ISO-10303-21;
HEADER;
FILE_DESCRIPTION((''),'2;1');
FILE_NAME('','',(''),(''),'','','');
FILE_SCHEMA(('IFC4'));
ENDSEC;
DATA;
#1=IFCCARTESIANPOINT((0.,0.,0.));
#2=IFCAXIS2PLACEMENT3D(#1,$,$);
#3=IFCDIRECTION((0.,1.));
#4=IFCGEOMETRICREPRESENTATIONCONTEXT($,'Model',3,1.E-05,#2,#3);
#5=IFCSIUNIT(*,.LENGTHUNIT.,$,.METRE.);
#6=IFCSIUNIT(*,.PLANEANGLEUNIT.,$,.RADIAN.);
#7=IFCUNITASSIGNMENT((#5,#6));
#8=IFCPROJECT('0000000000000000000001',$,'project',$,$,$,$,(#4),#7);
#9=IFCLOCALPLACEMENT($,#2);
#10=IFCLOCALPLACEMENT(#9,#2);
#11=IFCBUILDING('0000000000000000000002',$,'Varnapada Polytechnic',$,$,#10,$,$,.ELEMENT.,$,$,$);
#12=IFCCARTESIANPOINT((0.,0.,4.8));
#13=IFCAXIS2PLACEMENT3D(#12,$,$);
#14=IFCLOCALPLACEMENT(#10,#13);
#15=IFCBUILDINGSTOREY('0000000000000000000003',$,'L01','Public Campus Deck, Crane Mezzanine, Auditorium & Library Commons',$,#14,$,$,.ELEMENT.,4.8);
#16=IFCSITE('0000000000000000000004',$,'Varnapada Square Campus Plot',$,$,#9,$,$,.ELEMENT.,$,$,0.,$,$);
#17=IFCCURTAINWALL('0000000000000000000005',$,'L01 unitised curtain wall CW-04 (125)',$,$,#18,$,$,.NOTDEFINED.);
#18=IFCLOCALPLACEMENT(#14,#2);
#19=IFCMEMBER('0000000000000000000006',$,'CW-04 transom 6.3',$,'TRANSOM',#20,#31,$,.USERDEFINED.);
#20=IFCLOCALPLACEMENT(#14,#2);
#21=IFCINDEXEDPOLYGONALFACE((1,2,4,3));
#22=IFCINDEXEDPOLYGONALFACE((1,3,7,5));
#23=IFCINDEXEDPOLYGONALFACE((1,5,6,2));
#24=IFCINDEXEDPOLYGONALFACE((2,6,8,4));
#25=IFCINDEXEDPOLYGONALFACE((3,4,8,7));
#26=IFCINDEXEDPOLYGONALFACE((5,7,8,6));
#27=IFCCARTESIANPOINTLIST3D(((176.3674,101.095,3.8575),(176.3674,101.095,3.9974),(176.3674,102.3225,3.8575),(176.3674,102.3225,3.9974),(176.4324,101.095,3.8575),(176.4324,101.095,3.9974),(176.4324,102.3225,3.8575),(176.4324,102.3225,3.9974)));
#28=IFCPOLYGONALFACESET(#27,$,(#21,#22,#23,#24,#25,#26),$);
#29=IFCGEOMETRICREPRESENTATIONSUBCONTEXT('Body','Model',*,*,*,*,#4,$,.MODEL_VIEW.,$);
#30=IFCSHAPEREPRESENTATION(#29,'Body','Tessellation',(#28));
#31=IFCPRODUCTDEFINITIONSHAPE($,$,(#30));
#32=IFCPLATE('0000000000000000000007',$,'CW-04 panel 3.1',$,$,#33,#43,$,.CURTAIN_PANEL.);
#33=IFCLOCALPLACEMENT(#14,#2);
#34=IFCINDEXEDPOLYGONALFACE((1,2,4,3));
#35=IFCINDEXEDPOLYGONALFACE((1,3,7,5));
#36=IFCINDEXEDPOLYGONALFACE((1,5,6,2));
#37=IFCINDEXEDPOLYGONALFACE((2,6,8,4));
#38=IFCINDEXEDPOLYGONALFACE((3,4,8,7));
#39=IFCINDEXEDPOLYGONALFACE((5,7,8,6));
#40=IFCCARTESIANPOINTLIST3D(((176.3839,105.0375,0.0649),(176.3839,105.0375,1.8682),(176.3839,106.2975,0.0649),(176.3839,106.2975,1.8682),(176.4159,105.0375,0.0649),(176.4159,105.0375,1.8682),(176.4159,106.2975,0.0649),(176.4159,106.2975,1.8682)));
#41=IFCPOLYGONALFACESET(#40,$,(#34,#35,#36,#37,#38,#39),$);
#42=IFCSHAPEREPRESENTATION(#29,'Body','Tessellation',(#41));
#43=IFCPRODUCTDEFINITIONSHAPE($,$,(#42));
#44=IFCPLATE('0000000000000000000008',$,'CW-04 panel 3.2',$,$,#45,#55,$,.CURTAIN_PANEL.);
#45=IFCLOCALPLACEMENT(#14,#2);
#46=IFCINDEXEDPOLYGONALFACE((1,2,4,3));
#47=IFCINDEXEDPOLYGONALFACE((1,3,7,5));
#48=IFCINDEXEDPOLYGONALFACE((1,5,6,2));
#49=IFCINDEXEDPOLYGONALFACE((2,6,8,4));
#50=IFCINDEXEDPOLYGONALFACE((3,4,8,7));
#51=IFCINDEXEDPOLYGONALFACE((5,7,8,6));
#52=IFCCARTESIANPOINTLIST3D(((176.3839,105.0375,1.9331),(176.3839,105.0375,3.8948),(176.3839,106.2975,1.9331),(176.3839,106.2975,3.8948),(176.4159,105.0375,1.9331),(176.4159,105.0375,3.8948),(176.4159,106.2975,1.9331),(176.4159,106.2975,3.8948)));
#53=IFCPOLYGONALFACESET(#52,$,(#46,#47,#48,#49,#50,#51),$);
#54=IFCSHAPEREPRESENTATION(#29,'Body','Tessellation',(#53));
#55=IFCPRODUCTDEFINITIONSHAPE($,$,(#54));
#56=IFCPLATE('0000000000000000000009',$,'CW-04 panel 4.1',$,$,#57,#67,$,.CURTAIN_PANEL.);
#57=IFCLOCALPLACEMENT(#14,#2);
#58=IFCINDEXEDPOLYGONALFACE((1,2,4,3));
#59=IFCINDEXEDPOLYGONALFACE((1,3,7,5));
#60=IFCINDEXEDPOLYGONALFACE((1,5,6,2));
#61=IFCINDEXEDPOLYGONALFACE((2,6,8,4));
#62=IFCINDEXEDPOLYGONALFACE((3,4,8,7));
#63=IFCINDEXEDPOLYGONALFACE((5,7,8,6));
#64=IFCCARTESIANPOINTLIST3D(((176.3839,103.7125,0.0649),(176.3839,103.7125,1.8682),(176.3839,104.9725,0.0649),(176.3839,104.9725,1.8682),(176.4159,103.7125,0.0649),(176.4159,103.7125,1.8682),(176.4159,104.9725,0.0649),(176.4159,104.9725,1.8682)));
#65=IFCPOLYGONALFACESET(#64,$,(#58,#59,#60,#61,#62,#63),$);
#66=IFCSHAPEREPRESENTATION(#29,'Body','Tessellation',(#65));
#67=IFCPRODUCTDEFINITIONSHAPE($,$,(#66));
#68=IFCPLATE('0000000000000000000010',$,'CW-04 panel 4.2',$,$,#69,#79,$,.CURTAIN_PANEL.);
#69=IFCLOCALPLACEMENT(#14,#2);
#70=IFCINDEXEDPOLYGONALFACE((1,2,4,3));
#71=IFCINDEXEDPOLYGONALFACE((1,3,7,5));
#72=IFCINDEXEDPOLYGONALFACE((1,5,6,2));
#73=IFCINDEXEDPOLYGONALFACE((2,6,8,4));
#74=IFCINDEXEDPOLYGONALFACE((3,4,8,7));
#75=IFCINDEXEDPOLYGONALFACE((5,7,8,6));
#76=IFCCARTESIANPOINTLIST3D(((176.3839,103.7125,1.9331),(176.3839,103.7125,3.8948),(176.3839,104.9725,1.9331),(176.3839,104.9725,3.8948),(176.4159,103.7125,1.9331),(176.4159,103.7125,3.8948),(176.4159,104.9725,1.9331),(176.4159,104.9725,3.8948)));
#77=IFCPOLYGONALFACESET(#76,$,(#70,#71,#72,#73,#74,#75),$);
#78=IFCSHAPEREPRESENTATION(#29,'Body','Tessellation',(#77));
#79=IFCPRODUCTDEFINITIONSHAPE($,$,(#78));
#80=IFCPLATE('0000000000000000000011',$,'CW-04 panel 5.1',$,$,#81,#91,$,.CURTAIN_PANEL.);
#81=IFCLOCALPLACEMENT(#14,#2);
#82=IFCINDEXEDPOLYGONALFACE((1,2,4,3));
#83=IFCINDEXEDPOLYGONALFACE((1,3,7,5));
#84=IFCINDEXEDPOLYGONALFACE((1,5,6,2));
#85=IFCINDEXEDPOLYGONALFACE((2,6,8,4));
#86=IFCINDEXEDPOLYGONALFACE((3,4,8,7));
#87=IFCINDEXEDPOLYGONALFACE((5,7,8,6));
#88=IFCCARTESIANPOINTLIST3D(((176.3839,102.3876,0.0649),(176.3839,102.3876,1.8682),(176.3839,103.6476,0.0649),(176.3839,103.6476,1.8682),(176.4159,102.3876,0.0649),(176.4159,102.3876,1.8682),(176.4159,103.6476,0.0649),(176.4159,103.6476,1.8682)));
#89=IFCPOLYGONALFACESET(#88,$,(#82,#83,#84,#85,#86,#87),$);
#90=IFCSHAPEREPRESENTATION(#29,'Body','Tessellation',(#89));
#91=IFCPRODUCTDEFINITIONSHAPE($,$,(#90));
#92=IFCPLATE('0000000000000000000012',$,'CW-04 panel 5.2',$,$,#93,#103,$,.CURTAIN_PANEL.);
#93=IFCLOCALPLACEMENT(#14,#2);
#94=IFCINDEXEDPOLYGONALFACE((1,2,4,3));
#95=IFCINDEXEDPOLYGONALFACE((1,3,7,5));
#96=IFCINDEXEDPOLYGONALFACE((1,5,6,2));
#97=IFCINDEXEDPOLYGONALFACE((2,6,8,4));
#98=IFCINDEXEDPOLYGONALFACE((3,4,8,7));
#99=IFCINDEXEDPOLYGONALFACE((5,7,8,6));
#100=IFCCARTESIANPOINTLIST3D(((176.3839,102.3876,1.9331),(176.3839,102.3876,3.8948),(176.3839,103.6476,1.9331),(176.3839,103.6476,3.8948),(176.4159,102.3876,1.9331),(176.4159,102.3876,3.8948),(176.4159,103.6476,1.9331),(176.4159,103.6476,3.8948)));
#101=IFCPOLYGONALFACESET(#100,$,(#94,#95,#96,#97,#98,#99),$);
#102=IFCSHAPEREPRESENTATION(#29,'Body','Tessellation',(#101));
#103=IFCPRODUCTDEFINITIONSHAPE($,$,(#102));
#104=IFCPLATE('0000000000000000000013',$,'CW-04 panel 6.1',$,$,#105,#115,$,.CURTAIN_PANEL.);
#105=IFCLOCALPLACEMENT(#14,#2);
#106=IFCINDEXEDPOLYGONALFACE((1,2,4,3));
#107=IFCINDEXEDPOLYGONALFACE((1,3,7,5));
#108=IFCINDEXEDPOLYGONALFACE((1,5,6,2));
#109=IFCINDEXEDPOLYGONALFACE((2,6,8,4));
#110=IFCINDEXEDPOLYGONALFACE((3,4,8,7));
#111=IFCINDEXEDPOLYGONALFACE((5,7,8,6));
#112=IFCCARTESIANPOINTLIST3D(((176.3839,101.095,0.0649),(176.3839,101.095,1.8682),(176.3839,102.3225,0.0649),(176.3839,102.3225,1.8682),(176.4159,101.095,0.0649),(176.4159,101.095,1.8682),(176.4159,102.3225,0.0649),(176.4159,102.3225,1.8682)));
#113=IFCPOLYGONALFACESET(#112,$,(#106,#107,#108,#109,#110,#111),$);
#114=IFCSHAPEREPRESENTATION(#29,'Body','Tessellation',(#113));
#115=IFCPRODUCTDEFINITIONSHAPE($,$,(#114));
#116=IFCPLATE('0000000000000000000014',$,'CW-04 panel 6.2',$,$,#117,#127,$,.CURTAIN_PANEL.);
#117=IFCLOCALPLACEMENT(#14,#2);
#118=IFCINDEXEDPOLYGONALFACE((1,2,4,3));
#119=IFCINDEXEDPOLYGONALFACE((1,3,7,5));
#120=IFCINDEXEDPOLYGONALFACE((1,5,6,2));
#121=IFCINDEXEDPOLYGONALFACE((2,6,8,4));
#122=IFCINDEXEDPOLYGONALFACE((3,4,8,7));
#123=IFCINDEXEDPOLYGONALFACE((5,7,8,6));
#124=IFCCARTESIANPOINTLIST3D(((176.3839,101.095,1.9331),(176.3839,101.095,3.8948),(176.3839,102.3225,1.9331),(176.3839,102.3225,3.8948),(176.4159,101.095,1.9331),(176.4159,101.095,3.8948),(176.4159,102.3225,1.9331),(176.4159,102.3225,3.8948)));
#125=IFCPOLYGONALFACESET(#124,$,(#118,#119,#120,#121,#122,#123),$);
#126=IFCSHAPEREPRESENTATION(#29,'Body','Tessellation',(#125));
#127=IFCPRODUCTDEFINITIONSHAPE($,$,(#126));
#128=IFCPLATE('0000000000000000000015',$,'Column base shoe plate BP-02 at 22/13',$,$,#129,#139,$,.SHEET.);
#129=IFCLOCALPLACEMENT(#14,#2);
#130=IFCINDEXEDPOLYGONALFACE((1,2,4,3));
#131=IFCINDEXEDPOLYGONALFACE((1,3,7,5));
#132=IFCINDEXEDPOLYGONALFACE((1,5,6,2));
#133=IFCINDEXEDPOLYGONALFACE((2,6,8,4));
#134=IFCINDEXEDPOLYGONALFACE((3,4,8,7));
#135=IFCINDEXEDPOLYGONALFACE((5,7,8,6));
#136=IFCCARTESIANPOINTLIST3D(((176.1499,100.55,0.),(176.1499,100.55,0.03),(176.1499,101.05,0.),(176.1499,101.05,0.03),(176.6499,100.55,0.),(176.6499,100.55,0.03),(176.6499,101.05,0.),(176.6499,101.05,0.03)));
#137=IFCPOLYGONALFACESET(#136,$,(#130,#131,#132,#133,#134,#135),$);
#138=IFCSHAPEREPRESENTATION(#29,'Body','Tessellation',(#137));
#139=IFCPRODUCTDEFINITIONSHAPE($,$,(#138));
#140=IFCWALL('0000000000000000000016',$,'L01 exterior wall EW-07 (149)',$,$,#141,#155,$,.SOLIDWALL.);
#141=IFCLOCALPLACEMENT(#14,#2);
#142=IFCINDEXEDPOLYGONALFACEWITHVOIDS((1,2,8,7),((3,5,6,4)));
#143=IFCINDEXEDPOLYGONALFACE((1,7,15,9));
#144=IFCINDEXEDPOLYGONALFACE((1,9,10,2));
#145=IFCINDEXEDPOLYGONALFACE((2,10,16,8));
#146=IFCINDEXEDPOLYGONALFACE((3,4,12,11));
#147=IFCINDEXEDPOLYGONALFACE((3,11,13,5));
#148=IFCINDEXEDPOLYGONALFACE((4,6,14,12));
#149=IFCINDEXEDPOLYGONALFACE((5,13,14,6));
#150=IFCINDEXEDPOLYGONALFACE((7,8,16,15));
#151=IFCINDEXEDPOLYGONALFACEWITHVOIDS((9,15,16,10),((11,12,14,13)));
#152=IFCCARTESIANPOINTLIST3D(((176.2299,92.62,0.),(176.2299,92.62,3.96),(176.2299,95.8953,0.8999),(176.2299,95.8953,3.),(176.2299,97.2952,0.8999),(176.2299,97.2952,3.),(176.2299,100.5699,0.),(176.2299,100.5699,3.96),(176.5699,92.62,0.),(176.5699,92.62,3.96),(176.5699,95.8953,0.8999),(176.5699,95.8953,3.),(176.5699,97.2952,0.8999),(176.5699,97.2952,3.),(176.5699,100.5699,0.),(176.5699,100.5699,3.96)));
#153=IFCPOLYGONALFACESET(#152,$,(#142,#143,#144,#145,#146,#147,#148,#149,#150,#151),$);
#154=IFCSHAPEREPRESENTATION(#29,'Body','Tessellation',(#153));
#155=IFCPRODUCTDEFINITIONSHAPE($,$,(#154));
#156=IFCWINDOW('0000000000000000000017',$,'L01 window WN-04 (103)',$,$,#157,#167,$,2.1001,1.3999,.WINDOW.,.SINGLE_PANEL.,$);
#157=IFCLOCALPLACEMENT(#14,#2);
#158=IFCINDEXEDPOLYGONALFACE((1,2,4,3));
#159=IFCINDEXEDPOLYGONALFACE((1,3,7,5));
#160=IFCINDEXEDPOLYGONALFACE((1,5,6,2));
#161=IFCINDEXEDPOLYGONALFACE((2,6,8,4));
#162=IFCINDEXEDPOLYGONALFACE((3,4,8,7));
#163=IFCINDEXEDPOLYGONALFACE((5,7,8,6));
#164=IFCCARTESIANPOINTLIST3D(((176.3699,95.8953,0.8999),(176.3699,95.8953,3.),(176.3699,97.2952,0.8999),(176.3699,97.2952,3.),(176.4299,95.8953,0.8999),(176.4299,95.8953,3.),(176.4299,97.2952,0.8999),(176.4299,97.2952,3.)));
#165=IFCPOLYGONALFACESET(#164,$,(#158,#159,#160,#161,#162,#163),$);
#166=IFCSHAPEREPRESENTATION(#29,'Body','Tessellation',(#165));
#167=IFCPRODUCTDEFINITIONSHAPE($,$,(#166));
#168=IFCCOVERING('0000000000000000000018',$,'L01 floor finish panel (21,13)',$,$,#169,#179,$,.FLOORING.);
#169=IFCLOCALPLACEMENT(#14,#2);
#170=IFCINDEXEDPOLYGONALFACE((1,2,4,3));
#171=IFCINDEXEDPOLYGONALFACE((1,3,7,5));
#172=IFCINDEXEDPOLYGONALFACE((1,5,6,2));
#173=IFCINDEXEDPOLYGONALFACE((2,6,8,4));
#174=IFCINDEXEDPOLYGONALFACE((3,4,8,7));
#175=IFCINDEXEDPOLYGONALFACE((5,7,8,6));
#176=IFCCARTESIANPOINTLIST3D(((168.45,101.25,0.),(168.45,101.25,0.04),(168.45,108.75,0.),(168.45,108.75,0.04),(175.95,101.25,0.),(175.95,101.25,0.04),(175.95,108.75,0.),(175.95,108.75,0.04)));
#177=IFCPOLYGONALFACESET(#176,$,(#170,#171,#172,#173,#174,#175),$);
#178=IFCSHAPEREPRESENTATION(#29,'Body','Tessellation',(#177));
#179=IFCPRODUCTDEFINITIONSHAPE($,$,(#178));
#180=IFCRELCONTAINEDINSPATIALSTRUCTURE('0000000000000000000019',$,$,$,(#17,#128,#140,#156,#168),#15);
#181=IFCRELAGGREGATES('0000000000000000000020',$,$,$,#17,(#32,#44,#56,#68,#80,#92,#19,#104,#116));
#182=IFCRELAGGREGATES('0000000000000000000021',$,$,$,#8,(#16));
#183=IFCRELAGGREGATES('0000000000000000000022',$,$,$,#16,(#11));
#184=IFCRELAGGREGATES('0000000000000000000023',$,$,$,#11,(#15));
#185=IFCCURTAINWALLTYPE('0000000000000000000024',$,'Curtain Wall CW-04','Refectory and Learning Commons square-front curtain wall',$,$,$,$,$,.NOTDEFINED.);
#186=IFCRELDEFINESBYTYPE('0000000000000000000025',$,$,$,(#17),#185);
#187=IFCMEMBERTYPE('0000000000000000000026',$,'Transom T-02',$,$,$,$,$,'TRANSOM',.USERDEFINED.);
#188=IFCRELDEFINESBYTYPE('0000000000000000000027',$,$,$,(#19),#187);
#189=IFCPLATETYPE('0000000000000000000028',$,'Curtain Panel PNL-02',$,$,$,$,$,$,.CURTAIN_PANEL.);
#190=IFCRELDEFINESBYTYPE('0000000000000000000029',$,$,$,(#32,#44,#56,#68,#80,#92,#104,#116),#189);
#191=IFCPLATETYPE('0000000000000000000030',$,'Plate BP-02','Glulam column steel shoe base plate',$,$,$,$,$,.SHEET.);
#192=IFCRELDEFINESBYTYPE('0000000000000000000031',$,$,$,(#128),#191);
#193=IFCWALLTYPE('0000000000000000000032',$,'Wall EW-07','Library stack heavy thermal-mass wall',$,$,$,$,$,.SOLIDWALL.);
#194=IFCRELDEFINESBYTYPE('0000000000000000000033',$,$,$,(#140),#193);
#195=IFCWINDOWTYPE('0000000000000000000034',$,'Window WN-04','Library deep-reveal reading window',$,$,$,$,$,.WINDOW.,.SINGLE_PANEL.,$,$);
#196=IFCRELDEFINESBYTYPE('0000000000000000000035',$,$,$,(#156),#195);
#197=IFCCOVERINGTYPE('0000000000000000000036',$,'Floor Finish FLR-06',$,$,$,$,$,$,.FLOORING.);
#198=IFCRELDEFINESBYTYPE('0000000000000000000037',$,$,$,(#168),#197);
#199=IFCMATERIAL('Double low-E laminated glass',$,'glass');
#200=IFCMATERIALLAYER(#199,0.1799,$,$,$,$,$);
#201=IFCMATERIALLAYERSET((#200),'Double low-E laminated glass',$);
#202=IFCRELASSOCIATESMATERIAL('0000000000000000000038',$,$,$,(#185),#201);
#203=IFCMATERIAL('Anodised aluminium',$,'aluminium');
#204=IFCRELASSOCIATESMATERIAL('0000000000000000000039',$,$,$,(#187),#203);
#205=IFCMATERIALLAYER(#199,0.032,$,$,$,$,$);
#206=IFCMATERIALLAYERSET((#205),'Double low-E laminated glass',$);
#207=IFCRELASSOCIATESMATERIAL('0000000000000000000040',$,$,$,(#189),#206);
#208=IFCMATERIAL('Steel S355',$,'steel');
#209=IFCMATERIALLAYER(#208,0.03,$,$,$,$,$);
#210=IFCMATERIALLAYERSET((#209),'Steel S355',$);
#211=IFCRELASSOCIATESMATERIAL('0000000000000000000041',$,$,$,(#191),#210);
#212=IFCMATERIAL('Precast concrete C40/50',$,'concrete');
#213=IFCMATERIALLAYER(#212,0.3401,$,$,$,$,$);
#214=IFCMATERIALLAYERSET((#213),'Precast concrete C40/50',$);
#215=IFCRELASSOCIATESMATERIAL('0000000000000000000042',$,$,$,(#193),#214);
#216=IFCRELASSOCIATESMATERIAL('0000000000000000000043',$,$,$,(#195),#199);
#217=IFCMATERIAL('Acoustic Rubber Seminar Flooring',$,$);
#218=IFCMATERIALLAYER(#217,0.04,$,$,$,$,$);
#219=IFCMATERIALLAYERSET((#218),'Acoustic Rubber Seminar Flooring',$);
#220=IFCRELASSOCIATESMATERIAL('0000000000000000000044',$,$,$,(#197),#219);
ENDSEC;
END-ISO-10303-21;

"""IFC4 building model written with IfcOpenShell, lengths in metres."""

from ifc_helpers import new_model, si_unit, direction, frame, frame_2d, origin, origin_2d, place, context, subcontext, project, spatial, rectangle, extrude, material, layer, layer_set, material_profile, profile_set, type_object, element, fill, aggregate, save


model = new_model("IFC4")

# Units and contexts
model_context = context("Model", 3, precision=1e-05, world=origin(), true_north=direction((0.0, 1.0)))
body_context = subcontext(model_context, "Body", "Model", "MODEL_VIEW")
ifc_project = project(units=[si_unit("LENGTHUNIT", "METRE"), si_unit("PLANEANGLEUNIT", "RADIAN")], contexts=[model_context])

# Site, building, storey
site_placement = place(None, origin())
site = spatial("IfcSite", under=ifc_project, at=site_placement, Name="Varnapada Square Campus Plot", CompositionType="ELEMENT", RefElevation=0.0)
building_placement = place(site_placement, origin())
building = spatial("IfcBuilding", under=site, at=building_placement, Name="Varnapada Polytechnic", CompositionType="ELEMENT")
storey_placement = place(building_placement, frame((0.0, 0.0, 4.8)))
storey = spatial("IfcBuildingStorey", under=building, at=storey_placement, Name="L01", Description="Public Campus Deck, Crane Mezzanine, Auditorium & Library Commons", CompositionType="ELEMENT", Elevation=4.8)

# Curtain wall
ifc_material_1 = material(Name="Double low-E laminated glass", Category="glass")
ifc_layer_1 = layer(ifc_material_1, 0.1799)
ifc_layer_set_1 = layer_set([ifc_layer_1], Name="Double low-E laminated glass")
curtain_wall_type = type_object("IfcCurtainWallType", Name="Curtain Wall CW-04", Description="Refectory and Learning Commons square-front curtain wall", PredefinedType="NOTDEFINED", material=ifc_layer_set_1)
curtain_wall_placement = place(storey_placement, origin())
curtain_wall = element("IfcCurtainWall", 1, at=curtain_wall_placement, inside=storey, type_object=curtain_wall_type, Name="L01 unitised curtain wall CW-04 (125)", PredefinedType="NOTDEFINED")
ifc_material_2 = material(Name="Anodised aluminium", Category="aluminium")

# Member
ifc_material_profile_1 = material_profile(ifc_material_2, rectangle(XDim=0.0649, YDim=0.1399, at=origin_2d()), Name="ALU T65x140")
ifc_profile_set_1 = profile_set([ifc_material_profile_1], Name="Anodised aluminium")
member_type_1 = type_object("IfcMemberType", Name="Transom T-02", ElementType="TRANSOM", PredefinedType="USERDEFINED", material=ifc_profile_set_1)
member_1_placement = place(storey_placement, frame((176.3999, 102.3225, 3.9275), z_axis=(0.0, -1.0, 0.0), x_axis=(1.0, 0.0, 0.0)))
member_1 = element("IfcMember", 2, at=member_1_placement, type_object=member_type_1, Name="CW-04 transom 6.3", ObjectType="TRANSOM", PredefinedType="USERDEFINED", context=body_context, shape_type="SweptSolid", body=[
    extrude(rectangle(XDim=0.0649, YDim=0.1399, at=origin_2d()), origin(), (0.0, 0.0, 1.0), 1.2275),
])

# Plates
ifc_layer_2 = layer(ifc_material_1, 0.032)
ifc_layer_set_2 = layer_set([ifc_layer_2], Name="Double low-E laminated glass")
plate_type_1 = type_object("IfcPlateType", Name="Curtain Panel PNL-02", PredefinedType="CURTAIN_PANEL", material=ifc_layer_set_2)
plate_1_placement = place(storey_placement, frame((176.3999, 105.6675, 0.0649), z_axis=(0.0, 0.0, 1.0), x_axis=(0.0, -1.0, 0.0)))
plate_1 = element("IfcPlate", 3, at=plate_1_placement, type_object=plate_type_1, Name="CW-04 panel 3.1", PredefinedType="CURTAIN_PANEL", context=body_context, shape_type="SweptSolid", body=[
    extrude(rectangle(XDim=1.26, YDim=0.032, at=origin_2d()), origin(), (0.0, 0.0, 1.0), 1.8032),
])
plate_2_placement = place(storey_placement, frame((176.3999, 105.6675, 1.9331), z_axis=(0.0, 0.0, 1.0), x_axis=(0.0, -1.0, 0.0)))
plate_2 = element("IfcPlate", 4, at=plate_2_placement, type_object=plate_type_1, Name="CW-04 panel 3.2", PredefinedType="CURTAIN_PANEL", context=body_context, shape_type="SweptSolid", body=[
    extrude(rectangle(XDim=1.26, YDim=0.032, at=origin_2d()), origin(), (0.0, 0.0, 1.0), 1.9617),
])
plate_3_placement = place(storey_placement, frame((176.3999, 104.3425, 0.0649), z_axis=(0.0, 0.0, 1.0), x_axis=(0.0, -1.0, 0.0)))
plate_3 = element("IfcPlate", 5, at=plate_3_placement, type_object=plate_type_1, Name="CW-04 panel 4.1", PredefinedType="CURTAIN_PANEL", context=body_context, shape_type="SweptSolid", body=[
    extrude(rectangle(XDim=1.26, YDim=0.032, at=origin_2d()), origin(), (0.0, 0.0, 1.0), 1.8032),
])
plate_4_placement = place(storey_placement, frame((176.3999, 104.3425, 1.9331), z_axis=(0.0, 0.0, 1.0), x_axis=(0.0, -1.0, 0.0)))
plate_4 = element("IfcPlate", 6, at=plate_4_placement, type_object=plate_type_1, Name="CW-04 panel 4.2", PredefinedType="CURTAIN_PANEL", context=body_context, shape_type="SweptSolid", body=[
    extrude(rectangle(XDim=1.26, YDim=0.032, at=origin_2d()), origin(), (0.0, 0.0, 1.0), 1.9617),
])
plate_5_placement = place(storey_placement, frame((176.3999, 103.0176, 0.0649), z_axis=(0.0, 0.0, 1.0), x_axis=(0.0, -1.0, 0.0)))
plate_5 = element("IfcPlate", 7, at=plate_5_placement, type_object=plate_type_1, Name="CW-04 panel 5.1", PredefinedType="CURTAIN_PANEL", context=body_context, shape_type="SweptSolid", body=[
    extrude(rectangle(XDim=1.26, YDim=0.032, at=origin_2d()), origin(), (0.0, 0.0, 1.0), 1.8032),
])
plate_6_placement = place(storey_placement, frame((176.3999, 103.0176, 1.9331), z_axis=(0.0, 0.0, 1.0), x_axis=(0.0, -1.0, 0.0)))
plate_6 = element("IfcPlate", 8, at=plate_6_placement, type_object=plate_type_1, Name="CW-04 panel 5.2", PredefinedType="CURTAIN_PANEL", context=body_context, shape_type="SweptSolid", body=[
    extrude(rectangle(XDim=1.26, YDim=0.032, at=origin_2d()), origin(), (0.0, 0.0, 1.0), 1.9617),
])
plate_7_placement = place(storey_placement, frame((176.3999, 101.7087, 0.0649), z_axis=(0.0, 0.0, 1.0), x_axis=(0.0, -1.0, 0.0)))
plate_7 = element("IfcPlate", 9, at=plate_7_placement, type_object=plate_type_1, Name="CW-04 panel 6.1", PredefinedType="CURTAIN_PANEL", context=body_context, shape_type="SweptSolid", body=[
    extrude(rectangle(XDim=1.2275, YDim=0.032, at=origin_2d()), origin(), (0.0, 0.0, 1.0), 1.8032),
])
plate_8_placement = place(storey_placement, frame((176.3999, 101.7087, 1.9331), z_axis=(0.0, 0.0, 1.0), x_axis=(0.0, -1.0, 0.0)))
plate_8 = element("IfcPlate", 10, at=plate_8_placement, type_object=plate_type_1, Name="CW-04 panel 6.2", PredefinedType="CURTAIN_PANEL", context=body_context, shape_type="SweptSolid", body=[
    extrude(rectangle(XDim=1.2275, YDim=0.032, at=origin_2d()), origin(), (0.0, 0.0, 1.0), 1.9617),
])
aggregate(curtain_wall, [plate_1, plate_2, plate_3, plate_4, plate_5, plate_6, member_1, plate_7, plate_8])
ifc_material_3 = material(Name="Steel S355", Category="steel")
ifc_layer_3 = layer(ifc_material_3, 0.03)
ifc_layer_set_3 = layer_set([ifc_layer_3], Name="Steel S355")
plate_type_2 = type_object("IfcPlateType", Name="Plate BP-02", Description="Glulam column steel shoe base plate", PredefinedType="SHEET", material=ifc_layer_set_3)
plate_9_placement = place(storey_placement, frame((176.3999, 100.8, 0.0), z_axis=(0.0, 0.0, 1.0), x_axis=(1.0, 0.0, 0.0)))
element("IfcPlate", 11, at=plate_9_placement, inside=storey, type_object=plate_type_2, Name="Column base shoe plate BP-02 at 22/13", PredefinedType="SHEET", context=body_context, shape_type="SweptSolid", body=[
    extrude(rectangle(XDim=0.5, YDim=0.5, at=origin_2d()), origin(), (0.0, 0.0, 1.0), 0.03),
])

# Wall, opening, window
ifc_material_4 = material(Name="Precast concrete C40/50", Category="concrete")
ifc_layer_4 = layer(ifc_material_4, 0.3401)
ifc_layer_set_4 = layer_set([ifc_layer_4], Name="Precast concrete C40/50")
wall_type = type_object("IfcWallType", Name="Wall EW-07", Description="Library stack heavy thermal-mass wall", PredefinedType="SOLIDWALL", material=ifc_layer_set_4)
wall_placement = place(storey_placement, frame((176.3999, 100.5701, 0.0), z_axis=(0.0, 0.0, 1.0), x_axis=(0.0, -1.0, 0.0)))
wall = element("IfcWall", 12, at=wall_placement, inside=storey, type_object=wall_type, Name="L01 exterior wall EW-07 (149)", PredefinedType="SOLIDWALL", context=body_context, shape_type="SweptSolid", body=[
    extrude(rectangle(XDim=7.95, YDim=0.3401, at=frame_2d((3.9751, 0.0))), origin(), (0.0, 0.0, 1.0), 3.96),
])
opening_placement = place(wall_placement, frame((3.2749, 0.0, 0.8999)))
opening = element("IfcOpeningElement", 13, at=opening_placement, cuts=wall, PredefinedType="OPENING", context=body_context, shape_type="SweptSolid", body=[
    extrude(rectangle(XDim=1.3999, YDim=2.1001, at=frame_2d((0.7, 1.05))), frame((0.0, 0.1799, 0.0), z_axis=(0.0, -1.0, 0.0), x_axis=(1.0, 0.0, 0.0)), (0.0, 0.0, 1.0), 0.3601),
])
window_type = type_object("IfcWindowType", Name="Window WN-04", Description="Library deep-reveal reading window", PartitioningType="SINGLE_PANEL", PredefinedType="WINDOW", material=ifc_material_1)
window_placement = place(opening_placement, origin())
window = element("IfcWindow", 14, at=window_placement, inside=storey, type_object=window_type, Name="L01 window WN-04 (103)", OverallHeight=2.1001, OverallWidth=1.3999, PartitioningType="SINGLE_PANEL", PredefinedType="WINDOW", context=body_context, shape_type="SweptSolid", body=[
    extrude(rectangle(XDim=1.3999, YDim=2.1001, at=frame_2d((0.7, 1.05))), frame((0.0, 0.03, 0.0), z_axis=(0.0, -1.0, 0.0), x_axis=(1.0, 0.0, 0.0)), (0.0, 0.0, 1.0), 0.0601),
])
fill(opening, window)

# Covering
ifc_material_5 = material(Name="Acoustic Rubber Seminar Flooring")
ifc_layer_5 = layer(ifc_material_5, 0.04)
ifc_layer_set_5 = layer_set([ifc_layer_5], Name="Acoustic Rubber Seminar Flooring")
covering_type_1 = type_object("IfcCoveringType", Name="Floor Finish FLR-06", PredefinedType="FLOORING", material=ifc_layer_set_5)
covering_1_placement = place(storey_placement, frame((172.2, 105.0, 0.0), z_axis=(0.0, 0.0, 1.0), x_axis=(1.0, 0.0, 0.0)))
element("IfcCovering", 15, at=covering_1_placement, inside=storey, type_object=covering_type_1, Name="L01 floor finish panel (21,13)", PredefinedType="FLOORING", context=body_context, shape_type="SweptSolid", body=[
    extrude(rectangle(XDim=7.5, YDim=7.5, at=origin_2d()), origin(), (0.0, 0.0, 1.0), 0.04),
])

save(model, "model.ifc")
